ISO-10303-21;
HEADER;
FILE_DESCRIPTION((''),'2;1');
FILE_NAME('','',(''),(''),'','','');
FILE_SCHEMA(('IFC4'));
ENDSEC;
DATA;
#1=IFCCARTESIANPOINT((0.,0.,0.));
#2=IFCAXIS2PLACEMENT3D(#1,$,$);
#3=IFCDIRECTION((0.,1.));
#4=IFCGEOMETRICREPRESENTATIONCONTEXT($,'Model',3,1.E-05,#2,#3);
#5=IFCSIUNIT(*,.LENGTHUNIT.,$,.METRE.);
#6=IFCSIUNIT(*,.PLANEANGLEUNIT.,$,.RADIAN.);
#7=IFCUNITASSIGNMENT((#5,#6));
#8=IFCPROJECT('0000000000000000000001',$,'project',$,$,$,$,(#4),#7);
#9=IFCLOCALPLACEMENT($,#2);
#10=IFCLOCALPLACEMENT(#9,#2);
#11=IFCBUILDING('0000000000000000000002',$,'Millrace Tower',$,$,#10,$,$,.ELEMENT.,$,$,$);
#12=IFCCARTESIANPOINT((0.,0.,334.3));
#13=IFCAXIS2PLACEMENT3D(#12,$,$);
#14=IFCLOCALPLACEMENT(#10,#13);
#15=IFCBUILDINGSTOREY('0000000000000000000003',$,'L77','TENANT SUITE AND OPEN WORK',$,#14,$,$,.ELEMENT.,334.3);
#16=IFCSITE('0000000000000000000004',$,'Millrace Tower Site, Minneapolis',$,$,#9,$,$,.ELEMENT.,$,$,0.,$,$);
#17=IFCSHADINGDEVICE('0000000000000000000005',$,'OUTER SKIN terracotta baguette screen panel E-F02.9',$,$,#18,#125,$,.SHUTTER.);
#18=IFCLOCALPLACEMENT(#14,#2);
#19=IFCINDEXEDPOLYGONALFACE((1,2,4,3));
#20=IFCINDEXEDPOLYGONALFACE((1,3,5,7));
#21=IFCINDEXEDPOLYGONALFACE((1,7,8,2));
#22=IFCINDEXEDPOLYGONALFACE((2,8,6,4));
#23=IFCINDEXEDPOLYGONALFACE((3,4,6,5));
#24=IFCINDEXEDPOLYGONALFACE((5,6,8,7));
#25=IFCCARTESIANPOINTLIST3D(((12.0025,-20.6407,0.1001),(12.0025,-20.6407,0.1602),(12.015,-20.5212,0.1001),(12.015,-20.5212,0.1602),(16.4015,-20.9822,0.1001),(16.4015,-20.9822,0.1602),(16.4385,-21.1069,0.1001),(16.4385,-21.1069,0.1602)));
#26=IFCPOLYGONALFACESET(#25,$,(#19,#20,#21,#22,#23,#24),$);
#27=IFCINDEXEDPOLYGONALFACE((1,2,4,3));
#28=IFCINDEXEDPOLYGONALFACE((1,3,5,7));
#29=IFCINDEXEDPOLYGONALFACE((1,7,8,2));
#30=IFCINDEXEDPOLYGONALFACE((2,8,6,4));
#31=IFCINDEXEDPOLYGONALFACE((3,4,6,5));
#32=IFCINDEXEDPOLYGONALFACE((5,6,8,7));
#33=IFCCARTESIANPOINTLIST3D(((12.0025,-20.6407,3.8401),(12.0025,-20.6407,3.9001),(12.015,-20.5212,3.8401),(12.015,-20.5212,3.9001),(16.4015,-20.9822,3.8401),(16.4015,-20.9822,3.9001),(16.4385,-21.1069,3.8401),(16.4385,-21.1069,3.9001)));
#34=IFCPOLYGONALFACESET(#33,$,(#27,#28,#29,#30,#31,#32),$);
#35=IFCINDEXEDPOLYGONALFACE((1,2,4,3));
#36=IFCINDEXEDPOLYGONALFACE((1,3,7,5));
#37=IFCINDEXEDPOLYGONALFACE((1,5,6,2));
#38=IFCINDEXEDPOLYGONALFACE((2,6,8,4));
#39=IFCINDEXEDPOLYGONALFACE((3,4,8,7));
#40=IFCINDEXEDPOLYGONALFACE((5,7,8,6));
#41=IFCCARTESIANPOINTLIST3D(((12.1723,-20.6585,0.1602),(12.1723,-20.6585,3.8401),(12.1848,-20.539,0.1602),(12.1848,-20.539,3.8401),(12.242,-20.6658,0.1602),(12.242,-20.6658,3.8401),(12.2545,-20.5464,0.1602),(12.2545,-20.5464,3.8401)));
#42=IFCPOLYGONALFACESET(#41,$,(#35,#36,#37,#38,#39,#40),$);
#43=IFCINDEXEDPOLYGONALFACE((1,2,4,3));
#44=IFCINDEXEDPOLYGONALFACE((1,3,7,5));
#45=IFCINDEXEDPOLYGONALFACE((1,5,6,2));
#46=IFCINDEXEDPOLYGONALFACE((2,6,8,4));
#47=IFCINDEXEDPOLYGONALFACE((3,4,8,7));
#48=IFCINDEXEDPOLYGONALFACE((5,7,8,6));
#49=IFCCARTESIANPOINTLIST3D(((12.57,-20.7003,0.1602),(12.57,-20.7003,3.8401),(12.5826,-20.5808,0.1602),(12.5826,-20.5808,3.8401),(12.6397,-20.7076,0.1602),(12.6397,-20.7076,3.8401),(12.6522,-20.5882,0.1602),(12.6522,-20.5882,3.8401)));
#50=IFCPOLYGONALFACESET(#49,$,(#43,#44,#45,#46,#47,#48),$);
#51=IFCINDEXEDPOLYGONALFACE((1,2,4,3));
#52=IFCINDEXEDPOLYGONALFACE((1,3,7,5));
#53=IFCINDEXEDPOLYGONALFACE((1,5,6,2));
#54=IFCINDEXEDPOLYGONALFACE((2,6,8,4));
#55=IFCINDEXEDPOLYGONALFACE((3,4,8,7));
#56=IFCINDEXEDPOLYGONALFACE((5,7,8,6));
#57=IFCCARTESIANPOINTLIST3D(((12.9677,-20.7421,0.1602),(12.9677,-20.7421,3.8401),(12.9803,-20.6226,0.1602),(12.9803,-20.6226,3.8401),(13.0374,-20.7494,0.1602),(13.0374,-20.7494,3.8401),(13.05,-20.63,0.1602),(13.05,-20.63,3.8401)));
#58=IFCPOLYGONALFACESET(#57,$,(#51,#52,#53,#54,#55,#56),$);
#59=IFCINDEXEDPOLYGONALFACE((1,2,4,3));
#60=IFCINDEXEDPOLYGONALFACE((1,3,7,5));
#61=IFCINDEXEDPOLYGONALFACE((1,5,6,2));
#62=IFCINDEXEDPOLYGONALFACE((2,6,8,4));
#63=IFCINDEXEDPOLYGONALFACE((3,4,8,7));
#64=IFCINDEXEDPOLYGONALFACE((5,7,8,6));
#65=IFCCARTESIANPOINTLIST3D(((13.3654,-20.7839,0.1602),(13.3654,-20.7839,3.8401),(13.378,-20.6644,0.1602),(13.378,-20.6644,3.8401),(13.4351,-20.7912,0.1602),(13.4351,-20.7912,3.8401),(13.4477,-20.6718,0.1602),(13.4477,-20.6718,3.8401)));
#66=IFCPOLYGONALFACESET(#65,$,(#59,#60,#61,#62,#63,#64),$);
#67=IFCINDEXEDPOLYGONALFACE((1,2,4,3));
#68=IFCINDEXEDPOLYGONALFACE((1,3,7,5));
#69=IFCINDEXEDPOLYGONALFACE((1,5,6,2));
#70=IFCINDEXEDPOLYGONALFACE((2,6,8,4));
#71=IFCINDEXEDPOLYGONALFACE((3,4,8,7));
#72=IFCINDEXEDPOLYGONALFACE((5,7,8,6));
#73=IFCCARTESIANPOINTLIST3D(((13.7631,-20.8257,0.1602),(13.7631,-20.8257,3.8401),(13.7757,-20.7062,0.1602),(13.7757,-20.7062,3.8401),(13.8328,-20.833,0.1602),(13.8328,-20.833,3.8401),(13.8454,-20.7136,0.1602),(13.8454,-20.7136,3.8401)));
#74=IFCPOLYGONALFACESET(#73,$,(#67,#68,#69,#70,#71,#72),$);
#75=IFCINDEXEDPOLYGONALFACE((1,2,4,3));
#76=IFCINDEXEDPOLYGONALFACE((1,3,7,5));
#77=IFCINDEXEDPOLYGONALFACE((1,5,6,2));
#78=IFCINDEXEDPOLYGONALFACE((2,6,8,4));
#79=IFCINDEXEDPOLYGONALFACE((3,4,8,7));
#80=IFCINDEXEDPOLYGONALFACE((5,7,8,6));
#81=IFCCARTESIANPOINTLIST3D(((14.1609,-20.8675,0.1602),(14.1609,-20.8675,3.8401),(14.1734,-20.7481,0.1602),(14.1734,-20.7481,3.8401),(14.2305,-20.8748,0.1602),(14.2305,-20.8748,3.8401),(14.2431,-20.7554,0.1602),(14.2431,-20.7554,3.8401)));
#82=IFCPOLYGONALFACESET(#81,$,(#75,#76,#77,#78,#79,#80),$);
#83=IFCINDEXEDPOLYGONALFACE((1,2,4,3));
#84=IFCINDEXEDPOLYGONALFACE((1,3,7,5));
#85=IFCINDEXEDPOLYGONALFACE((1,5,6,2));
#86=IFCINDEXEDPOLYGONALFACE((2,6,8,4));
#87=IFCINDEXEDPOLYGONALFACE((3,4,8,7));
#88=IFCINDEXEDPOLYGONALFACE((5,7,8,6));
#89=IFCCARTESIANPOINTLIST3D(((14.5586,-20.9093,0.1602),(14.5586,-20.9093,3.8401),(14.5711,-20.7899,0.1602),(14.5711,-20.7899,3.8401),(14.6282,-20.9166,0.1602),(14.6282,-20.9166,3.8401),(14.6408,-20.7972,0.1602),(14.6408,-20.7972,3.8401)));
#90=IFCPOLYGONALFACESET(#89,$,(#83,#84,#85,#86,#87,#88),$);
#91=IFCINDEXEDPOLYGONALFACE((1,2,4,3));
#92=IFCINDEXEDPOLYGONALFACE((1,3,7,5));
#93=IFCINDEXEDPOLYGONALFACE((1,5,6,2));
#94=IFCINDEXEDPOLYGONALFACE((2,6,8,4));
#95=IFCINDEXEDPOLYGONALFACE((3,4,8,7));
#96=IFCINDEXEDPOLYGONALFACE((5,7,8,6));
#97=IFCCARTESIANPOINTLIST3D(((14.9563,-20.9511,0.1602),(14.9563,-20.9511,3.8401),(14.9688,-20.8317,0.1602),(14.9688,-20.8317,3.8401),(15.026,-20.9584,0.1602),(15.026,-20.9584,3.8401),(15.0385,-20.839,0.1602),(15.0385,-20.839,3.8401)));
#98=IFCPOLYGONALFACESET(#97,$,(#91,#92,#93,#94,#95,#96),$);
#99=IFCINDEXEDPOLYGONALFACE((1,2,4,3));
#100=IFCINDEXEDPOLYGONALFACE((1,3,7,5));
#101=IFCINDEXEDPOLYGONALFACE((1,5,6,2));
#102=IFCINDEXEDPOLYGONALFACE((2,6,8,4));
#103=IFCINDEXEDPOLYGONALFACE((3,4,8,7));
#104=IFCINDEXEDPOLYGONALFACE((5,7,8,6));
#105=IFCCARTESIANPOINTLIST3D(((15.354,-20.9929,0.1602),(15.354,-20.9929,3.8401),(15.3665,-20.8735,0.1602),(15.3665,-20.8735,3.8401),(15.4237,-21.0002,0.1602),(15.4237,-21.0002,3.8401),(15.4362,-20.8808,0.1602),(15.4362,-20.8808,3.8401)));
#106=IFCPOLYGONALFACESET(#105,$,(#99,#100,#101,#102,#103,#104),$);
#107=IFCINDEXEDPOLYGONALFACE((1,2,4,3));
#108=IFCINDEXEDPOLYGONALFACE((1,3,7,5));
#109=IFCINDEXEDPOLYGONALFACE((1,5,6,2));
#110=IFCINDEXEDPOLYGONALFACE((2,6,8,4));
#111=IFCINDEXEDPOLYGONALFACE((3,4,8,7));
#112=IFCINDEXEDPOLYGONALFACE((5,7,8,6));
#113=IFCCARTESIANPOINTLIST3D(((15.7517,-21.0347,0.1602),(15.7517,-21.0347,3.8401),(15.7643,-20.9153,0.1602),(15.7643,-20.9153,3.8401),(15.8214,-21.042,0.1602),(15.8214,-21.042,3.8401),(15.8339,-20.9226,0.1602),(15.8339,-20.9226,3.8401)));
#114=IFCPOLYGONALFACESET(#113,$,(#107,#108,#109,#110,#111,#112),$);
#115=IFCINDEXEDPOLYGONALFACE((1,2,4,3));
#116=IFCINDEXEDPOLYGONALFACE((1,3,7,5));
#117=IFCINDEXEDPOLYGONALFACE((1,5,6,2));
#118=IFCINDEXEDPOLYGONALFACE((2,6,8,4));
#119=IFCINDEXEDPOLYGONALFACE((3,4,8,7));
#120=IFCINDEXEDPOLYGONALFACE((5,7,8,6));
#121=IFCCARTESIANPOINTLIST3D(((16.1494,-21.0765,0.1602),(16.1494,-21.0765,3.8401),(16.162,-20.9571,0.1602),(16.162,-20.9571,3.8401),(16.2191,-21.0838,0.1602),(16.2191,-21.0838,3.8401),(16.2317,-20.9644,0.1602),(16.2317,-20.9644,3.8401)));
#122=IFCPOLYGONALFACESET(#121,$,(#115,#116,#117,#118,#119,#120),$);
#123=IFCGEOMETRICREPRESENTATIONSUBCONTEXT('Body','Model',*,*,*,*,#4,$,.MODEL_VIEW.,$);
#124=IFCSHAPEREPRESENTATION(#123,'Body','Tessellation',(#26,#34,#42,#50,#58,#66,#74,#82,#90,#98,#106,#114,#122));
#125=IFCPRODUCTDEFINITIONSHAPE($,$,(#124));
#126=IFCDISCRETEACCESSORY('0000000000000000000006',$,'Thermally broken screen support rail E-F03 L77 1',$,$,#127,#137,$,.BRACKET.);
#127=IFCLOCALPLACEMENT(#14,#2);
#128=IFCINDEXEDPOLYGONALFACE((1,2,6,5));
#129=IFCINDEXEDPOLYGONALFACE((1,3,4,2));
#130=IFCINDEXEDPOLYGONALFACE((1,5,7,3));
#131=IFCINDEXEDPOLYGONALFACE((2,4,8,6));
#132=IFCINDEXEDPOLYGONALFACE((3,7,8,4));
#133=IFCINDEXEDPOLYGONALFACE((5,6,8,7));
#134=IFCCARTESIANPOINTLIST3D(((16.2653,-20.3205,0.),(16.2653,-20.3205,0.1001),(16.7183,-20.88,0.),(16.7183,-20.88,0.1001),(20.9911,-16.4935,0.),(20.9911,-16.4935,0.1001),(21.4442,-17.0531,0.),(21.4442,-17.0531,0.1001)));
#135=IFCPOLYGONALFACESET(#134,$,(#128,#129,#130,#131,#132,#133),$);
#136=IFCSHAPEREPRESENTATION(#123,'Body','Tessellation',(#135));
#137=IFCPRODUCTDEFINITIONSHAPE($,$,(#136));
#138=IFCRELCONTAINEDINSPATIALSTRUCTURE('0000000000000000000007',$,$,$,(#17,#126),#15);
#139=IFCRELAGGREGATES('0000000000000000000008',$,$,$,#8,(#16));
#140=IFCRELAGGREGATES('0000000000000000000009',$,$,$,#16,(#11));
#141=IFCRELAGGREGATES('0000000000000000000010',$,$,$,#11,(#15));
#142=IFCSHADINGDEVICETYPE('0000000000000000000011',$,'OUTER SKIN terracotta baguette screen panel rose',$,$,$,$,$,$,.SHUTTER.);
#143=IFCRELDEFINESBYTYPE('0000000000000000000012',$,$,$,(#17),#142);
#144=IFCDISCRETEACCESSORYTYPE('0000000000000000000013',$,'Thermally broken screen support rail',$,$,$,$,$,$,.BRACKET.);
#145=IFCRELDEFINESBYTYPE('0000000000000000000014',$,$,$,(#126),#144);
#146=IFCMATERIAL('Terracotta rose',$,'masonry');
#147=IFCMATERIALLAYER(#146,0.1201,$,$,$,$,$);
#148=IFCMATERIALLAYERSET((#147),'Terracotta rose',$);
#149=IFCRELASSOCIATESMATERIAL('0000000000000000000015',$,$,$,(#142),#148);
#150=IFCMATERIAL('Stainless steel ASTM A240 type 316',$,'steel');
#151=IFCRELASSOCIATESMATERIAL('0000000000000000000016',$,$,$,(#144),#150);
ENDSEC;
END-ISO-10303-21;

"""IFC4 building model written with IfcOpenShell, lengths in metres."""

from ifc_helpers import new_model, entity, si_unit, direction, frame, frame_2d, origin, origin_2d, place, context, subcontext, project, spatial, rectangle, extrude, source, transform, mapped, material, layer, layer_set, type_object, element, save


model = new_model("IFC4")

# Units and contexts
model_context = context("Model", 3, precision=1e-05, world=origin(), true_north=direction((0.0, 1.0)))
body_context = subcontext(model_context, "Body", "Model", "MODEL_VIEW")
ifc_project = project(units=[si_unit("LENGTHUNIT", "METRE"), si_unit("PLANEANGLEUNIT", "RADIAN")], contexts=[model_context])

# Site, building, storey
site_placement = place(None, origin())
site = spatial("IfcSite", under=ifc_project, at=site_placement, Name="Millrace Tower Site, Minneapolis", CompositionType="ELEMENT", RefElevation=0.0)
building_placement = place(site_placement, origin())
building = spatial("IfcBuilding", under=site, at=building_placement, Name="Millrace Tower", CompositionType="ELEMENT")
storey_placement = place(building_placement, frame((0.0, 0.0, 334.3)))
storey = spatial("IfcBuildingStorey", under=building, at=storey_placement, Name="L77", Description="TENANT SUITE AND OPEN WORK", CompositionType="ELEMENT", Elevation=334.3)

# Shading device
ifc_material_1 = material(Name="Terracotta rose", Category="masonry")
ifc_layer_1 = layer(ifc_material_1, 0.1201)
ifc_layer_set_1 = layer_set([ifc_layer_1], Name="Terracotta rose")
shading_device_type = type_object("IfcShadingDeviceType", Name="OUTER SKIN terracotta baguette screen panel rose", PredefinedType="SHUTTER", material=ifc_layer_set_1)
cartesian_point_1 = entity("IfcCartesianPoint", [-2.2178, 0.0601])
shared_polyline_1 = entity("IfcPolyline", [cartesian_point_1, entity("IfcCartesianPoint", [2.1929, 0.0601]), entity("IfcCartesianPoint", [2.2427, -0.0601]), entity("IfcCartesianPoint", [-2.2178, -0.0601]), cartesian_point_1])
shared_shape_1 = source(origin(), body_context, "Body", "SweptSolid", [
    entity("IfcExtrudedAreaSolid", entity("IfcArbitraryClosedProfileDef", "AREA", None, shared_polyline_1), entity("IfcAxis2Placement3D", entity("IfcCartesianPoint", [0.0, 0.0, 0.0])), entity("IfcDirection", [0.0, 0.0, 1.0]), 0.0601),
    entity("IfcExtrudedAreaSolid", entity("IfcArbitraryClosedProfileDef", "AREA", None, shared_polyline_1), entity("IfcAxis2Placement3D", entity("IfcCartesianPoint", [0.0, 0.0, 3.74])), entity("IfcDirection", [0.0, 0.0, 1.0]), 0.0601),
    extrude(rectangle(XDim=0.0701, YDim=0.1201, at=frame_2d((-2.012, 0.0))), frame((0.0, 0.0, 0.0601)), (0.0, 0.0, 1.0), 3.6799),
    extrude(rectangle(XDim=0.0701, YDim=0.1201, at=frame_2d((-1.6121, 0.0))), frame((0.0, 0.0, 0.0601)), (0.0, 0.0, 1.0), 3.6799),
    extrude(rectangle(XDim=0.0701, YDim=0.1201, at=frame_2d((-1.2122, 0.0))), frame((0.0, 0.0, 0.0601)), (0.0, 0.0, 1.0), 3.6799),
    extrude(rectangle(XDim=0.0701, YDim=0.1201, at=frame_2d((-0.8123, 0.0))), frame((0.0, 0.0, 0.0601)), (0.0, 0.0, 1.0), 3.6799),
    extrude(rectangle(XDim=0.0701, YDim=0.1201, at=frame_2d((-0.4124, 0.0))), frame((0.0, 0.0, 0.0601)), (0.0, 0.0, 1.0), 3.6799),
    extrude(rectangle(XDim=0.0701, YDim=0.1201, at=frame_2d((-0.0125, 0.0))), frame((0.0, 0.0, 0.0601)), (0.0, 0.0, 1.0), 3.6799),
    extrude(rectangle(XDim=0.0701, YDim=0.1201, at=frame_2d((0.3875, 0.0))), frame((0.0, 0.0, 0.0601)), (0.0, 0.0, 1.0), 3.6799),
    extrude(rectangle(XDim=0.0701, YDim=0.1201, at=frame_2d((0.7874, 0.0))), frame((0.0, 0.0, 0.0601)), (0.0, 0.0, 1.0), 3.6799),
    extrude(rectangle(XDim=0.0701, YDim=0.1201, at=frame_2d((1.1873, 0.0))), frame((0.0, 0.0, 0.0601)), (0.0, 0.0, 1.0), 3.6799),
    extrude(rectangle(XDim=0.0701, YDim=0.1201, at=frame_2d((1.5872, 0.0))), frame((0.0, 0.0, 0.0601)), (0.0, 0.0, 1.0), 3.6799),
    extrude(rectangle(XDim=0.0701, YDim=0.1201, at=frame_2d((1.9871, 0.0))), frame((0.0, 0.0, 0.0601)), (0.0, 0.0, 1.0), 3.6799),
])
shading_device_1_placement = place(storey_placement, frame((14.2144, -20.8127, 0.1001), z_axis=(0.0, 0.0, 1.0), x_axis=(0.994522, -0.104528, 0.0)))
element("IfcShadingDevice", 1, at=shading_device_1_placement, inside=storey, type_object=shading_device_type, Name="OUTER SKIN terracotta baguette screen panel E-F02.9", PredefinedType="SHUTTER", context=body_context, shape_type="MappedRepresentation", body=[
    mapped(shared_shape_1, transform((0.0, 0.0, 0.0), scale=1.0)),
])

# Discrete accessory
ifc_material_2 = material(Name="Stainless steel ASTM A240 type 316", Category="steel")
discrete_accessory_type = type_object("IfcDiscreteAccessoryType", Name="Thermally broken screen support rail", PredefinedType="BRACKET", material=ifc_material_2)
discrete_accessory_placement = place(storey_placement, frame((18.8547, -18.6868, 0.0), z_axis=(0.0, 0.0, 1.0), x_axis=(0.777146, 0.62932, 0.0)))
element("IfcDiscreteAccessory", 2, at=discrete_accessory_placement, inside=storey, type_object=discrete_accessory_type, Name="Thermally broken screen support rail E-F03 L77 1", PredefinedType="BRACKET", context=body_context, shape_type="SweptSolid", body=[
    extrude(rectangle(XDim=6.0811, YDim=0.72, at=origin_2d()), origin(), (0.0, 0.0, 1.0), 0.1001),
])

save(model, "model.ifc")
